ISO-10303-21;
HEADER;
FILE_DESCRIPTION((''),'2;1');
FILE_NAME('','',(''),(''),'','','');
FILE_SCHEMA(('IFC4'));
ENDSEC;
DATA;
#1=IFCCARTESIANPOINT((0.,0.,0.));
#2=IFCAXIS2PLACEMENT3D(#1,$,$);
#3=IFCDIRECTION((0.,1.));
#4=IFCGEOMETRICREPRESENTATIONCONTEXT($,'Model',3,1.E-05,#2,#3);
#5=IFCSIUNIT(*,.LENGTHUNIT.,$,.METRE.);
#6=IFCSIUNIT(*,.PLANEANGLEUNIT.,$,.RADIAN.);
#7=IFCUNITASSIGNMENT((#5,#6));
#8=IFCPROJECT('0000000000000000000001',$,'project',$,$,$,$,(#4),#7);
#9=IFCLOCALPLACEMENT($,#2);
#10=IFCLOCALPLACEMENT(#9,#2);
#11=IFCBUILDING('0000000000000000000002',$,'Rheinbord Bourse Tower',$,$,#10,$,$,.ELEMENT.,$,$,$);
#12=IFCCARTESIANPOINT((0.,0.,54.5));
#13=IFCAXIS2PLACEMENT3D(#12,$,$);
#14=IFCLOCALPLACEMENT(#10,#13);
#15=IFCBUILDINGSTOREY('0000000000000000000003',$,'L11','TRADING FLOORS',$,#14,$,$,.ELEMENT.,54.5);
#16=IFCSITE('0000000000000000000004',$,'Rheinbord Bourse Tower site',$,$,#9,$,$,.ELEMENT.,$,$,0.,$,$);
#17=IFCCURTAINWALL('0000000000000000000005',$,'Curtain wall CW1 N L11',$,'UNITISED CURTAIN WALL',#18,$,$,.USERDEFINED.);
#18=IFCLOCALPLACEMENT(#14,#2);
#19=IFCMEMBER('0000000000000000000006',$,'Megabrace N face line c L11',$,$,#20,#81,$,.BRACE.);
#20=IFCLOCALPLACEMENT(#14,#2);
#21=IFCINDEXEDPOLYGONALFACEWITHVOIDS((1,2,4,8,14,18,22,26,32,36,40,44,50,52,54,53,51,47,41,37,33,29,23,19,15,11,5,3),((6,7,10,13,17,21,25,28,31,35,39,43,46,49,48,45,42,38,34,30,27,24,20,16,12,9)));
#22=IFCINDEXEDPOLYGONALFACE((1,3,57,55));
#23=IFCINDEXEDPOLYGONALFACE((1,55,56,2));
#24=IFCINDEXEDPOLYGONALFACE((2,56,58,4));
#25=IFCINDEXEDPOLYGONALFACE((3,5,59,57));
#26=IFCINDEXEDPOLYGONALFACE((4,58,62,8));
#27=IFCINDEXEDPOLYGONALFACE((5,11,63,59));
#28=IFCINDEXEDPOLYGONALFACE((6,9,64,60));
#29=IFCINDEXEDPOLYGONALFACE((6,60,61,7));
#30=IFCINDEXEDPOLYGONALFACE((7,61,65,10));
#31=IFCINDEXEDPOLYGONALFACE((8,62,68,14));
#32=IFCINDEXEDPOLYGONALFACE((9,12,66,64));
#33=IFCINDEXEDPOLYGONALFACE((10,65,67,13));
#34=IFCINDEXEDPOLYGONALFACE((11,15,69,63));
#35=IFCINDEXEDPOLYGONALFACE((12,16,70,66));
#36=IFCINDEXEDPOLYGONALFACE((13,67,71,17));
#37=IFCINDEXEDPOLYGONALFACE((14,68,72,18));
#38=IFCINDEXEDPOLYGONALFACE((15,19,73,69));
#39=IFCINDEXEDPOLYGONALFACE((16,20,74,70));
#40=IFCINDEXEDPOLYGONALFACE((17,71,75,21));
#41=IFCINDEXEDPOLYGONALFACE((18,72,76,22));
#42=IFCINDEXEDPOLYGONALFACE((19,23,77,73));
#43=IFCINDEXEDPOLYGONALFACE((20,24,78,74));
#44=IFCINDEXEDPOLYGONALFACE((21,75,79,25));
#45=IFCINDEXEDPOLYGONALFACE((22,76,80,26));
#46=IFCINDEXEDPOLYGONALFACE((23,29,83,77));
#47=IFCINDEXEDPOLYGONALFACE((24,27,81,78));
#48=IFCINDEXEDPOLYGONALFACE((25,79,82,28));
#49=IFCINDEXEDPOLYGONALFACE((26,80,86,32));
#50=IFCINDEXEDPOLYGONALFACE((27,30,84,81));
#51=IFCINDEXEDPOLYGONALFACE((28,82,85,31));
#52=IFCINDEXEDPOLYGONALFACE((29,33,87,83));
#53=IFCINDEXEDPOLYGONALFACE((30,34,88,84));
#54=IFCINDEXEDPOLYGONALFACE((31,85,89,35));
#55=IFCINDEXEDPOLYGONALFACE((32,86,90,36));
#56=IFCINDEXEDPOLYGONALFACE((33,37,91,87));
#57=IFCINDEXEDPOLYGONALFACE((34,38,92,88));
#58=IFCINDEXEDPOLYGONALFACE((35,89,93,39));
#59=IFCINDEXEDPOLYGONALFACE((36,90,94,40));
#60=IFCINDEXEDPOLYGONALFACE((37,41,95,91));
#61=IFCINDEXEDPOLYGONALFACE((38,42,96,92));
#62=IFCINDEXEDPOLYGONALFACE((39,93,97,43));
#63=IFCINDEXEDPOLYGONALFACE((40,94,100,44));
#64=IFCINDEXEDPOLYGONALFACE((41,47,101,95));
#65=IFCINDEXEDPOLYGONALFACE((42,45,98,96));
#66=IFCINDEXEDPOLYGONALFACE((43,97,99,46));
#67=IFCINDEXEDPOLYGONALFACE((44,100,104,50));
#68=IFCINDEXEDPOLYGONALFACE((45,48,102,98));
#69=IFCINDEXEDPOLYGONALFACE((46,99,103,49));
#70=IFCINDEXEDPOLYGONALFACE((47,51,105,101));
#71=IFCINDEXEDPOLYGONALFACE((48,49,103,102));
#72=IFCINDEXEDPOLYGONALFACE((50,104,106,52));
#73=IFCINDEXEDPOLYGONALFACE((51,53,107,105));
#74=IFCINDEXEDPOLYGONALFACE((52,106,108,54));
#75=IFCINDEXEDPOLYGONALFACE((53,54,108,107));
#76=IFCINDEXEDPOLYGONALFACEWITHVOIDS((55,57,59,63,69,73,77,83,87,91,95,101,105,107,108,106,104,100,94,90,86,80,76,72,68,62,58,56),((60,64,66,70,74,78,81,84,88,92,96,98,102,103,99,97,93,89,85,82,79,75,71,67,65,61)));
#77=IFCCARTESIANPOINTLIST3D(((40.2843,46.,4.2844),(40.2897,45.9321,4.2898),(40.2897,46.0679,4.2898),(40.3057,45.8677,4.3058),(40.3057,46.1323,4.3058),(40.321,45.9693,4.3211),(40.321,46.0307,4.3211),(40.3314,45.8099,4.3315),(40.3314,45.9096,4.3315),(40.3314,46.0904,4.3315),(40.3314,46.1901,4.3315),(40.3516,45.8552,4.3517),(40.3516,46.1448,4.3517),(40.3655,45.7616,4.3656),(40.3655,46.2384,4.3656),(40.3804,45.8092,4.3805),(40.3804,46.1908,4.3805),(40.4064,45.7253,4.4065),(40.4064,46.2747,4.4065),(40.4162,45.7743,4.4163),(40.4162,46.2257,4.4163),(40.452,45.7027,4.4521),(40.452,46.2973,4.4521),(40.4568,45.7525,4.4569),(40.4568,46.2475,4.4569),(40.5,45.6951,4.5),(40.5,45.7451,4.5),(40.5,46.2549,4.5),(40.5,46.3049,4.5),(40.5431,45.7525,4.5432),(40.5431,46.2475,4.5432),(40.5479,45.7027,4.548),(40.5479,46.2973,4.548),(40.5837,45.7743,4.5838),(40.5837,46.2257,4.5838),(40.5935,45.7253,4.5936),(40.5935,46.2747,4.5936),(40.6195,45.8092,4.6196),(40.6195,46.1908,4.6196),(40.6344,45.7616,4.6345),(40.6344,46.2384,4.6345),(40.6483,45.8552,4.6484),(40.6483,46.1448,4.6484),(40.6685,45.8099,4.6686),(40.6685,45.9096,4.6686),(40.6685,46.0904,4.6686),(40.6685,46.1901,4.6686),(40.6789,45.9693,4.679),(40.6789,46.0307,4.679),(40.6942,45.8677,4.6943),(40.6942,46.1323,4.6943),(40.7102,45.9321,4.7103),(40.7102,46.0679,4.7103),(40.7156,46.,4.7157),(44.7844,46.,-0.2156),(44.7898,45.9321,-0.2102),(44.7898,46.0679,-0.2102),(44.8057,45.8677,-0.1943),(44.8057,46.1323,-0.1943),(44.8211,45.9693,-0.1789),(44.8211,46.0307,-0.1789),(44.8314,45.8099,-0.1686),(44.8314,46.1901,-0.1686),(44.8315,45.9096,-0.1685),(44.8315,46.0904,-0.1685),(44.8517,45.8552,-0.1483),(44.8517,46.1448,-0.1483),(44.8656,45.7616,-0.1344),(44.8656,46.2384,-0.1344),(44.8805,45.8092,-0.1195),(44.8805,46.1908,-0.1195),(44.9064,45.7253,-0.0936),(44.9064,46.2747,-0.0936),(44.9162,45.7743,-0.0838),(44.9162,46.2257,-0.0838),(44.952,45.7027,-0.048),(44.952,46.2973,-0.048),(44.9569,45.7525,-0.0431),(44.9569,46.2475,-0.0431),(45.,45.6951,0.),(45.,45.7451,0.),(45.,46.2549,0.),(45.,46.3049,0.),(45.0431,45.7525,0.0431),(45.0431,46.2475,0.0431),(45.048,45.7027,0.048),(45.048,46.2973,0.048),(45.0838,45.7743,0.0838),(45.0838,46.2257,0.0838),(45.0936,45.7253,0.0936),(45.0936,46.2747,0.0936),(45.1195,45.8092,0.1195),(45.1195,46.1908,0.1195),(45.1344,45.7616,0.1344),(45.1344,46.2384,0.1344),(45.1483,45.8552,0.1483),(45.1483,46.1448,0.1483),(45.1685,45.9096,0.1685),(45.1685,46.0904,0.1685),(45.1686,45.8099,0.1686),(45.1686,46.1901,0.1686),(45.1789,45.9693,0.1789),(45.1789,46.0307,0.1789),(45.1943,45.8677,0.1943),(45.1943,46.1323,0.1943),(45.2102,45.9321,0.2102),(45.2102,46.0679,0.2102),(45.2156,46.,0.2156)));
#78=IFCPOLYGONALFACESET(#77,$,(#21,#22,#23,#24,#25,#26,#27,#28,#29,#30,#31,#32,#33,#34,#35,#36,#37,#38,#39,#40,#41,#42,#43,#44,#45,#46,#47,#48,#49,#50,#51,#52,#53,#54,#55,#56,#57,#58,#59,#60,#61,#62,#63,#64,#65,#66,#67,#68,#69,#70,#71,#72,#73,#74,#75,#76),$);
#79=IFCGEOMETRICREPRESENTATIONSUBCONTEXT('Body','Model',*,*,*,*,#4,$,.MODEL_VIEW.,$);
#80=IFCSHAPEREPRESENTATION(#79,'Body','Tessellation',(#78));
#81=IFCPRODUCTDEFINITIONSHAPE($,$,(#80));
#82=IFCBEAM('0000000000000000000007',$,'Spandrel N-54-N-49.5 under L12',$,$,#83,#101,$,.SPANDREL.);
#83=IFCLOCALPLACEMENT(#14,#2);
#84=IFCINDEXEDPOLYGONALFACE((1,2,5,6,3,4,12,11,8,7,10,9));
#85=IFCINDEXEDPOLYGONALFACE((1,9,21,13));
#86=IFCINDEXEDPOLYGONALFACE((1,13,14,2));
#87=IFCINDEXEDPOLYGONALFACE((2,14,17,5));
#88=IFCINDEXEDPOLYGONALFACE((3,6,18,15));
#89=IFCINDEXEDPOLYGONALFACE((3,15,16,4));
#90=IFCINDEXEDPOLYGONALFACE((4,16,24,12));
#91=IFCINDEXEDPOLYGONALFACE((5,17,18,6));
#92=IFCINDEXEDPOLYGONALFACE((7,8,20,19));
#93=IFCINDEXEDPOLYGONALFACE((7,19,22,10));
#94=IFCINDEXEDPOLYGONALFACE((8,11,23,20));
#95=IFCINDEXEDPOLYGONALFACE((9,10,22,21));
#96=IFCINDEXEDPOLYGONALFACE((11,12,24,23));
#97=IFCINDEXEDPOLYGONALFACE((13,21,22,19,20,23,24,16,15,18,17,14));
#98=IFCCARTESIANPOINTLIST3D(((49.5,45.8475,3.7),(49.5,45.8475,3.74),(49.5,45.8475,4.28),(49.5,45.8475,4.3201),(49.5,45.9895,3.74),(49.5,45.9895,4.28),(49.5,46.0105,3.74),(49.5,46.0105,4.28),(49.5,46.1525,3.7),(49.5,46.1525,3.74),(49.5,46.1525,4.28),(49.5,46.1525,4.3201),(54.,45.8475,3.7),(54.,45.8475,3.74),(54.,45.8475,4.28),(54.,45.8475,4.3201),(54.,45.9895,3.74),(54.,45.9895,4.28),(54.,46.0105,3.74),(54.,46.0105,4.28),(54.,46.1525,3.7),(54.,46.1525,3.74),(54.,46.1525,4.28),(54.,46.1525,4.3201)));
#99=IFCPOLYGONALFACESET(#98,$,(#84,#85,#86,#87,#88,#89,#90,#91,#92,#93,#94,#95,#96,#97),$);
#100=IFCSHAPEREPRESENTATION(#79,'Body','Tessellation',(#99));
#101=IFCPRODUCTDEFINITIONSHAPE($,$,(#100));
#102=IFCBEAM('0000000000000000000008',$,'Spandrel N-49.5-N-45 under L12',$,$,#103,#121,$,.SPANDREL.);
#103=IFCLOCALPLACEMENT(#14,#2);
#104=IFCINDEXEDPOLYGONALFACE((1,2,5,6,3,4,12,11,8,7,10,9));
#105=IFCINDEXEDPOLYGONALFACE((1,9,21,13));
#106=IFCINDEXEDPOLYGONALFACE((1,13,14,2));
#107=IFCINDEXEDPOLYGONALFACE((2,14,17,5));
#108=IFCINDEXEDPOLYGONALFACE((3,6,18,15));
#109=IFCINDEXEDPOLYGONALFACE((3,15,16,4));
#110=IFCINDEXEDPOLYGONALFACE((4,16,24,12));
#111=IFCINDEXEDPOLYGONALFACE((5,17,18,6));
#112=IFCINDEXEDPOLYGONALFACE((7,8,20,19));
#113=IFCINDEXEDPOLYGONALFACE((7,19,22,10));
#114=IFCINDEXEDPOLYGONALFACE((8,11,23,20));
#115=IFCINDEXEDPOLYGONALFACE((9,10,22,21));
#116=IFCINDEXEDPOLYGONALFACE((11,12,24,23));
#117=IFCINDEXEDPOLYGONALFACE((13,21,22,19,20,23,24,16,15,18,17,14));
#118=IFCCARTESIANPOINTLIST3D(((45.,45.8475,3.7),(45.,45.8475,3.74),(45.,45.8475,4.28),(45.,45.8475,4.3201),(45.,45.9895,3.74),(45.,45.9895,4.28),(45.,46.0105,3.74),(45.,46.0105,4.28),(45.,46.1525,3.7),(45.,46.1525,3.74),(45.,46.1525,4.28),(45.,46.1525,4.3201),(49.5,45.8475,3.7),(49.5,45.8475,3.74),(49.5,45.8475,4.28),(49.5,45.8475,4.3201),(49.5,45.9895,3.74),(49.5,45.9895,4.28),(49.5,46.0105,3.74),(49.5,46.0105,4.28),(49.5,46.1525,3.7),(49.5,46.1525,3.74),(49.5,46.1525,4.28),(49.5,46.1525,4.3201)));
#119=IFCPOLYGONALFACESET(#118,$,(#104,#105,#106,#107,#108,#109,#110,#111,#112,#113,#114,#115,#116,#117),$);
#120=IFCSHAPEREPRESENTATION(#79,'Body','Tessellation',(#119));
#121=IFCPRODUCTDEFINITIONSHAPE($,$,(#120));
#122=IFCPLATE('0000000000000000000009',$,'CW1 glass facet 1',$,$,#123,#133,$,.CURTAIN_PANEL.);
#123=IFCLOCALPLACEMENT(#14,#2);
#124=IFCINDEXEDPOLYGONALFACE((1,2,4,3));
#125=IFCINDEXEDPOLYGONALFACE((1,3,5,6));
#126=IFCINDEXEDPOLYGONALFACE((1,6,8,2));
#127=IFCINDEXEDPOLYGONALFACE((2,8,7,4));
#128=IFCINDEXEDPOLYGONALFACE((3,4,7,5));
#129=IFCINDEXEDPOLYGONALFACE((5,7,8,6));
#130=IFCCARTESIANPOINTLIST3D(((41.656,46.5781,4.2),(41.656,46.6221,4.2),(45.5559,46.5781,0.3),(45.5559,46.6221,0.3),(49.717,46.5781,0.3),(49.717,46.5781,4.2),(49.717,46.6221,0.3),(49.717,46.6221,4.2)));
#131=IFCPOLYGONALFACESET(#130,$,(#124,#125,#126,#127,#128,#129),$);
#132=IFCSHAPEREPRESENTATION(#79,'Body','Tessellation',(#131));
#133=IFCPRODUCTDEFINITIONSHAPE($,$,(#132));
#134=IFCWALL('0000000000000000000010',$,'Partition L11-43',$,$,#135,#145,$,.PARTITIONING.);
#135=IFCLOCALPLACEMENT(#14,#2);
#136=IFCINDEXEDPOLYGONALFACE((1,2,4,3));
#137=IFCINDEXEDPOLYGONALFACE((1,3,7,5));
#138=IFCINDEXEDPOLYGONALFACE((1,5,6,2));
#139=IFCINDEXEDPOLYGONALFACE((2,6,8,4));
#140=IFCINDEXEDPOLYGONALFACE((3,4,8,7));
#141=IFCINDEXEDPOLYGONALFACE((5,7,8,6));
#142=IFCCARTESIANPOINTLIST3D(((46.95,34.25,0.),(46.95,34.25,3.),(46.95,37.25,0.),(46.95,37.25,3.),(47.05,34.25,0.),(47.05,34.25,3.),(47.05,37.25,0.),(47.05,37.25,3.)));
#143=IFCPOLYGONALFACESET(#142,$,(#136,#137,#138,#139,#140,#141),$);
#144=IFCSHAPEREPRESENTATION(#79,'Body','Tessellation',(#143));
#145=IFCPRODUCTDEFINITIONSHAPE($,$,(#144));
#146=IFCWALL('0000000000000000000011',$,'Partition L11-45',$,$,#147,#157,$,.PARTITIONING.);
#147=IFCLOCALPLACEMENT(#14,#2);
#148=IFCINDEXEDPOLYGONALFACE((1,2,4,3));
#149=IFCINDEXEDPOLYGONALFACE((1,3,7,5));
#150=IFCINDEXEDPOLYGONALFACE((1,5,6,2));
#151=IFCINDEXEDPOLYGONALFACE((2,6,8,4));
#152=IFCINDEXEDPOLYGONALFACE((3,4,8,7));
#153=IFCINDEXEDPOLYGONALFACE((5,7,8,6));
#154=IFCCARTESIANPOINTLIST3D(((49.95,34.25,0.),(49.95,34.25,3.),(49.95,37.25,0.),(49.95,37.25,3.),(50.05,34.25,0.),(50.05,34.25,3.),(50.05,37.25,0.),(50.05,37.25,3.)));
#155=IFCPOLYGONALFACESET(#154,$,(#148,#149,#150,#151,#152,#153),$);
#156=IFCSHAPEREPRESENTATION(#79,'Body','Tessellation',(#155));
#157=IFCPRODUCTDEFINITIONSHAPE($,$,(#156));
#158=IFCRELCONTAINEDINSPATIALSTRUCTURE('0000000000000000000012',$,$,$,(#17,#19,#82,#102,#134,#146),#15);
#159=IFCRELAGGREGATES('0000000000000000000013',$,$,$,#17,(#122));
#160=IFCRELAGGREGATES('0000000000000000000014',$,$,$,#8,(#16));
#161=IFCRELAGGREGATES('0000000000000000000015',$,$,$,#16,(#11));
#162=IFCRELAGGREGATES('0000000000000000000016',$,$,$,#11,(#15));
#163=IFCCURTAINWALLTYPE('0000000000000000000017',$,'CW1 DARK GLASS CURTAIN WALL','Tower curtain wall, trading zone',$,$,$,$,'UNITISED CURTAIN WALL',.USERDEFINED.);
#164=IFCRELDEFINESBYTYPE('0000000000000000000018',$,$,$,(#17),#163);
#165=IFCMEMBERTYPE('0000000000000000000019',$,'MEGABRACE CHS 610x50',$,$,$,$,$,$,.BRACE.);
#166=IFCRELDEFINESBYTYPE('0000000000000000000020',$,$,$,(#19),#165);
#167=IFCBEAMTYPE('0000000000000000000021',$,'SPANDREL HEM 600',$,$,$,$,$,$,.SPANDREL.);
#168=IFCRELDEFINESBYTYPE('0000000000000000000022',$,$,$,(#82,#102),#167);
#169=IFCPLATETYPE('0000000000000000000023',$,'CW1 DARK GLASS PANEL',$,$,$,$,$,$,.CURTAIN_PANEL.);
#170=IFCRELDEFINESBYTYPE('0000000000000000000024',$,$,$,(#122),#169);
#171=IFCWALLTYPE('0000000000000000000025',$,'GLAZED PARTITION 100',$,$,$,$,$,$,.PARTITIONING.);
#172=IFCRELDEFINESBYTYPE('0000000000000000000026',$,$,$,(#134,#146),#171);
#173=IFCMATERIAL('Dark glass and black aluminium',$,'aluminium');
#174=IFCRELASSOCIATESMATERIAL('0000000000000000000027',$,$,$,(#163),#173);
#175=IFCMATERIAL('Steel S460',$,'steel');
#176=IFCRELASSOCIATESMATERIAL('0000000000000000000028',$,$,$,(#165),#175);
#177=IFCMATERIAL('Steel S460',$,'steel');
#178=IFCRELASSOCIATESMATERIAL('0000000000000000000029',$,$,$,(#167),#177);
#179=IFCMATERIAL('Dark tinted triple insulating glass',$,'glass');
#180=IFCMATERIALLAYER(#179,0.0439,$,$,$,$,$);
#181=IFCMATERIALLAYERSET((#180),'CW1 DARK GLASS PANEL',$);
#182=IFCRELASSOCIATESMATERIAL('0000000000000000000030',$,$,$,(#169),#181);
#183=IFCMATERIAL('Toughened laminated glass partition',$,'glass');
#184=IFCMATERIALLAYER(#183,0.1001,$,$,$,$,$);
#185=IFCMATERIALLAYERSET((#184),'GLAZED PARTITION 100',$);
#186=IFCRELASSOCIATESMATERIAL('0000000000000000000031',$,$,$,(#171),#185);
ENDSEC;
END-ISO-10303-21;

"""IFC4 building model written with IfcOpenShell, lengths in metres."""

from ifc_helpers import new_model, si_unit, direction, frame, frame_2d, origin, origin_2d, place, context, subcontext, project, spatial, polyline, rectangle, hollow_circle, i_section, outline, extrude, material, layer, layer_set, material_profile, profile_set, type_object, element, aggregate, save


model = new_model("IFC4")

# Units and contexts
model_context = context("Model", 3, precision=1e-05, world=origin(), true_north=direction((0.0, 1.0)))
body_context = subcontext(model_context, "Body", "Model", "MODEL_VIEW")
ifc_project = project(units=[si_unit("LENGTHUNIT", "METRE"), si_unit("PLANEANGLEUNIT", "RADIAN")], contexts=[model_context])

# Site, building, storey
site_placement = place(None, origin())
site = spatial("IfcSite", under=ifc_project, at=site_placement, Name="Rheinbord Bourse Tower site", CompositionType="ELEMENT", RefElevation=0.0)
building_placement = place(site_placement, origin())
building = spatial("IfcBuilding", under=site, at=building_placement, Name="Rheinbord Bourse Tower", CompositionType="ELEMENT")
storey_placement = place(building_placement, frame((0.0, 0.0, 54.5)))
storey = spatial("IfcBuildingStorey", under=building, at=storey_placement, Name="L11", Description="TRADING FLOORS", CompositionType="ELEMENT", Elevation=54.5)

# Curtain wall
ifc_material_1 = material(Name="Dark glass and black aluminium", Category="aluminium")
curtain_wall_type = type_object("IfcCurtainWallType", Name="CW1 DARK GLASS CURTAIN WALL", Description="Tower curtain wall, trading zone", ElementType="UNITISED CURTAIN WALL", PredefinedType="USERDEFINED", material=ifc_material_1)
curtain_wall_placement = place(storey_placement, origin())
curtain_wall = element("IfcCurtainWall", 1, at=curtain_wall_placement, inside=storey, type_object=curtain_wall_type, Name="Curtain wall CW1 N L11", ObjectType="UNITISED CURTAIN WALL", PredefinedType="USERDEFINED")

# Member
ifc_material_2 = material(Name="Steel S460", Category="steel")
ifc_material_profile_1 = material_profile(ifc_material_2, hollow_circle(Radius=0.3049, WallThickness=0.05, at=origin_2d()), Name="CHS 610x50")
ifc_profile_set_1 = profile_set([ifc_material_profile_1], Name="Steel S460")
member_type_1 = type_object("IfcMemberType", Name="MEGABRACE CHS 610x50", PredefinedType="BRACE", material=ifc_profile_set_1)
member_1_placement = place(storey_placement, frame((45.0, 46.0, 0.0), z_axis=(-0.707107, 0.0, 0.707107), x_axis=(0.0, -1.0, 0.0)))
element("IfcMember", 2, at=member_1_placement, inside=storey, type_object=member_type_1, Name="Megabrace N face line c L11", PredefinedType="BRACE", context=body_context, shape_type="SweptSolid", body=[
    extrude(hollow_circle(Radius=0.3049, WallThickness=0.05, at=origin_2d()), origin(), (0.0, 0.0, 1.0), 6.364),
])

# Beams
ifc_material_3 = material(Name="Steel S460", Category="steel")
ifc_material_profile_2 = material_profile(ifc_material_3, i_section(OverallWidth=0.3049, OverallDepth=0.6201, WebThickness=0.021, FlangeThickness=0.04, at=origin_2d()), Name="HEM 600")
ifc_profile_set_2 = profile_set([ifc_material_profile_2], Name="Steel S460")
beam_type_1 = type_object("IfcBeamType", Name="SPANDREL HEM 600", PredefinedType="SPANDREL", material=ifc_profile_set_2)
for number, where, z_axis, x_axis, name in (
    (3, (54.0, 46.0, 4.01), (-1.0, 0.0, 0.0), (0.0, -1.0, 0.0), "Spandrel N-54-N-49.5 under L12"),
    (4, (49.5, 46.0, 4.01), (-1.0, 0.0, 0.0), (0.0, -1.0, 0.0), "Spandrel N-49.5-N-45 under L12"),
):
    element("IfcBeam", number, at=place(storey_placement, frame(where, z_axis=z_axis, x_axis=x_axis)), inside=storey, type_object=beam_type_1, Name=name, PredefinedType="SPANDREL", context=body_context, shape_type="SweptSolid", body=[
        extrude(i_section(OverallWidth=0.3049, OverallDepth=0.6201, WebThickness=0.021, FlangeThickness=0.04, at=origin_2d()), origin(), (0.0, 0.0, 1.0), 4.5),
    ])

# Plate
ifc_material_4 = material(Name="Dark tinted triple insulating glass", Category="glass")
ifc_layer_1 = layer(ifc_material_4, 0.0439)
ifc_layer_set_1 = layer_set([ifc_layer_1], Name="CW1 DARK GLASS PANEL")
plate_type = type_object("IfcPlateType", Name="CW1 DARK GLASS PANEL", PredefinedType="CURTAIN_PANEL", material=ifc_layer_set_1)
plate_placement = place(storey_placement, frame((49.717, 46.6221, 0.3), z_axis=(0.0, -1.0, 0.0), x_axis=(0.0, 0.0, 1.0)))
plate = element("IfcPlate", 5, at=plate_placement, type_object=plate_type, Name="CW1 glass facet 1", PredefinedType="CURTAIN_PANEL", context=body_context, shape_type="SweptSolid", body=[
    extrude(outline(polyline([(0.0, 0.0), (3.8999, 0.0), (3.8999, 8.061), (0.0, 4.1611), (0.0, 0.0)])), origin(), (0.0, 0.0, 1.0), 0.0439),
])
aggregate(curtain_wall, [plate])

# Walls
ifc_material_5 = material(Name="Toughened laminated glass partition", Category="glass")
ifc_layer_2 = layer(ifc_material_5, 0.1001)
ifc_layer_set_2 = layer_set([ifc_layer_2], Name="GLAZED PARTITION 100")
wall_type = type_object("IfcWallType", Name="GLAZED PARTITION 100", PredefinedType="PARTITIONING", material=ifc_layer_set_2)
for number, where, z_axis, x_axis, name in (
    (6, (47.0, 34.25, 0.0), (0.0, 0.0, 1.0), (0.0, 1.0, 0.0), "Partition L11-43"),
    (7, (50.0, 34.25, 0.0), (0.0, 0.0, 1.0), (0.0, 1.0, 0.0), "Partition L11-45"),
):
    element("IfcWall", number, at=place(storey_placement, frame(where, z_axis=z_axis, x_axis=x_axis)), inside=storey, type_object=wall_type, Name=name, PredefinedType="PARTITIONING", context=body_context, shape_type="SweptSolid", body=[
        extrude(rectangle(XDim=3.0, YDim=0.1001, at=frame_2d((1.5, 0.0))), origin(), (0.0, 0.0, 1.0), 3.0),
    ])

save(model, "model.ifc")
